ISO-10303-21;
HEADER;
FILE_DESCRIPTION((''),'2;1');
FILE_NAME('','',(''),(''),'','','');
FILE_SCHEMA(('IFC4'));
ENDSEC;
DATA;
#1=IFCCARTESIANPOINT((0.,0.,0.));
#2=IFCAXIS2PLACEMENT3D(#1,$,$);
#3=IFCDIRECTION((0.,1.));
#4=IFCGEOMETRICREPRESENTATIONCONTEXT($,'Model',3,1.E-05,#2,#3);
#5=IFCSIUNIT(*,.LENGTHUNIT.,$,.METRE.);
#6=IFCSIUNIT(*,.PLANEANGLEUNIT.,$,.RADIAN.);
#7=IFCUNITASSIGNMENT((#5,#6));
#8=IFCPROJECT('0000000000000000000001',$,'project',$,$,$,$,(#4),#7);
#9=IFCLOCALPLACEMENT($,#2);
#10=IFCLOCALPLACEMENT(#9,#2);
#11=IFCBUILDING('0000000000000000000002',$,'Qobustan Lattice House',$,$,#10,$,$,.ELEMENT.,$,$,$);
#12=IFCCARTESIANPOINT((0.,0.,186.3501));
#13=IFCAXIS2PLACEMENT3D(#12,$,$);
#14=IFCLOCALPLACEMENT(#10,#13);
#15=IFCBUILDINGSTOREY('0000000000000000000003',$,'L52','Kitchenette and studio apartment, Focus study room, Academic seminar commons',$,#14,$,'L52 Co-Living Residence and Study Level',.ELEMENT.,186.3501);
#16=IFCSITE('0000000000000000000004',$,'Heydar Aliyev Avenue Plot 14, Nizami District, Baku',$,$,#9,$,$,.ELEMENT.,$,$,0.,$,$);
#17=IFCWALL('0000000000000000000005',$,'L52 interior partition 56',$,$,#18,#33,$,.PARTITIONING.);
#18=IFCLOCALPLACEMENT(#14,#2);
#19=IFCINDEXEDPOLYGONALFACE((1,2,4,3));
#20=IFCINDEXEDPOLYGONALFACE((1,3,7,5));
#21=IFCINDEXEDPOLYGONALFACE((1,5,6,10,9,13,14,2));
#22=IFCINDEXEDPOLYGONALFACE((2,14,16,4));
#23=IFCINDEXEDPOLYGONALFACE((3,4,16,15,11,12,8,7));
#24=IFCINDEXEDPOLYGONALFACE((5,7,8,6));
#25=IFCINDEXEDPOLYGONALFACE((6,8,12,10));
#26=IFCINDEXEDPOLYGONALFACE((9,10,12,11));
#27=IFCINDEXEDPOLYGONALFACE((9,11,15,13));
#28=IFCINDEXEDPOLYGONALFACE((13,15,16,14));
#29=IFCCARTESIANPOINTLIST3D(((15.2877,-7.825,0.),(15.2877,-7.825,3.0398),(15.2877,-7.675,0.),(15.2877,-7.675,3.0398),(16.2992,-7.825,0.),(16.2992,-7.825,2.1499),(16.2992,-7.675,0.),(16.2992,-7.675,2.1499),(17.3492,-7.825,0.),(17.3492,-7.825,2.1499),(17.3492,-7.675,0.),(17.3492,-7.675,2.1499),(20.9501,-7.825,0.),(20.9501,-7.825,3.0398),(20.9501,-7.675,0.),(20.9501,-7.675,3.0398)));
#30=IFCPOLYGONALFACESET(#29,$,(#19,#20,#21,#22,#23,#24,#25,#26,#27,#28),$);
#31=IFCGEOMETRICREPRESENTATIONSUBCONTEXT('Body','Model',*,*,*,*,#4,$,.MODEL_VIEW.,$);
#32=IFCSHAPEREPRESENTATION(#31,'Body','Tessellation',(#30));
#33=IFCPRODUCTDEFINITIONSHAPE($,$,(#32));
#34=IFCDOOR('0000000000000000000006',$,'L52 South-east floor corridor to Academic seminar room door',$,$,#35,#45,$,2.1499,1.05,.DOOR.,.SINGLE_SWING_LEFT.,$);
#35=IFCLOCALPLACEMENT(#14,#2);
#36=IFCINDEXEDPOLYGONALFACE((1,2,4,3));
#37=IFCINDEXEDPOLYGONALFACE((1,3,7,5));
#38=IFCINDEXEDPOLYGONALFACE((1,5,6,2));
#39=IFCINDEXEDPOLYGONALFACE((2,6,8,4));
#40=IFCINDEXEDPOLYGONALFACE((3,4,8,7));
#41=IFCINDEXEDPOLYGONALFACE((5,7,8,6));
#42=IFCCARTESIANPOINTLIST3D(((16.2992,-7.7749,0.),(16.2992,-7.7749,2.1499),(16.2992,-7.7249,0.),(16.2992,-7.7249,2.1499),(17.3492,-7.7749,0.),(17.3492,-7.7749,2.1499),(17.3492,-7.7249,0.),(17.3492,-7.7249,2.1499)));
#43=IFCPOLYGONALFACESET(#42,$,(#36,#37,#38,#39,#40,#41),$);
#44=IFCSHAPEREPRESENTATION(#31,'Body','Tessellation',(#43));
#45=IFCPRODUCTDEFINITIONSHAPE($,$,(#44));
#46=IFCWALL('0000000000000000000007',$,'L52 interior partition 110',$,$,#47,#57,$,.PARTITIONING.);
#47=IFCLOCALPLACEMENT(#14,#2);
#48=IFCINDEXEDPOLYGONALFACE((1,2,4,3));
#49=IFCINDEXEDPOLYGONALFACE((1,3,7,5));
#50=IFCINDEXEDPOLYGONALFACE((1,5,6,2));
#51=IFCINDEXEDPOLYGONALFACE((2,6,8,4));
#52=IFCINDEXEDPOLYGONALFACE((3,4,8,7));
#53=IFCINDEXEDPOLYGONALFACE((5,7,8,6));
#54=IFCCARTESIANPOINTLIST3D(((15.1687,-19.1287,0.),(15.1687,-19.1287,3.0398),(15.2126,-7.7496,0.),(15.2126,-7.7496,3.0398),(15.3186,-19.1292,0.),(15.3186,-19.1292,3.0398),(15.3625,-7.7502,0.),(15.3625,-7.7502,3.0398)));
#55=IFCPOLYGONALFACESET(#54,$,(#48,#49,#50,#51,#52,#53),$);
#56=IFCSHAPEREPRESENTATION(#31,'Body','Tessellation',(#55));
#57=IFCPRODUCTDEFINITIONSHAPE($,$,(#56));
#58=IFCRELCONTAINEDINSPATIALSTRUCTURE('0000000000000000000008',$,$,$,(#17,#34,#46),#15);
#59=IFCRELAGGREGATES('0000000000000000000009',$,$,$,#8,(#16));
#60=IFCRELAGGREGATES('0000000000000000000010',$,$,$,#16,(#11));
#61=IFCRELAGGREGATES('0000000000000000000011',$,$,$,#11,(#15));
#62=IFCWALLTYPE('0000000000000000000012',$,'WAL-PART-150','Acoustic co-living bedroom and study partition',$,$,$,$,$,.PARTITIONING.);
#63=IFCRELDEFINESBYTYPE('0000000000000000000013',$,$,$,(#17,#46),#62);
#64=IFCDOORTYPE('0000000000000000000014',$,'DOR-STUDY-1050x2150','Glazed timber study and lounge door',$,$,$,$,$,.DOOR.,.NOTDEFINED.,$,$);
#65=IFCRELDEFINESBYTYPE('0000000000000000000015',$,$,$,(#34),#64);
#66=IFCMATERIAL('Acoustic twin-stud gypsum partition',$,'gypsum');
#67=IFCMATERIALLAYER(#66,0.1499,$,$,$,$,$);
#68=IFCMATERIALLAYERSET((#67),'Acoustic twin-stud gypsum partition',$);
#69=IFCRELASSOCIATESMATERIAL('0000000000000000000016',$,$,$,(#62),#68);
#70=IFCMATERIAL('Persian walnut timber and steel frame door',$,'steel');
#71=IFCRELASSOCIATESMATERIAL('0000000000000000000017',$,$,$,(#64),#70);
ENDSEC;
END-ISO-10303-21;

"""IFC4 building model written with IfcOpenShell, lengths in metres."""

from ifc_helpers import new_model, si_unit, direction, frame, frame_2d, origin, place, context, subcontext, project, spatial, rectangle, extrude, material, layer, layer_set, type_object, element, fill, save


model = new_model("IFC4")

# Units and contexts
model_context = context("Model", 3, precision=1e-05, world=origin(), true_north=direction((0.0, 1.0)))
body_context = subcontext(model_context, "Body", "Model", "MODEL_VIEW")
ifc_project = project(units=[si_unit("LENGTHUNIT", "METRE"), si_unit("PLANEANGLEUNIT", "RADIAN")], contexts=[model_context])

# Site, building, storey
site_placement = place(None, origin())
site = spatial("IfcSite", under=ifc_project, at=site_placement, Name="Heydar Aliyev Avenue Plot 14, Nizami District, Baku", CompositionType="ELEMENT", RefElevation=0.0)
building_placement = place(site_placement, origin())
building = spatial("IfcBuilding", under=site, at=building_placement, Name="Qobustan Lattice House", CompositionType="ELEMENT")
storey_placement = place(building_placement, frame((0.0, 0.0, 186.3501)))
storey = spatial("IfcBuildingStorey", under=building, at=storey_placement, Name="L52", Description="Kitchenette and studio apartment, Focus study room, Academic seminar commons", LongName="L52 Co-Living Residence and Study Level", CompositionType="ELEMENT", Elevation=186.3501)

# Wall, opening, door
ifc_material_1 = material(Name="Acoustic twin-stud gypsum partition", Category="gypsum")
ifc_layer_1 = layer(ifc_material_1, 0.1499)
ifc_layer_set_1 = layer_set([ifc_layer_1], Name="Acoustic twin-stud gypsum partition")
wall_type_1 = type_object("IfcWallType", Name="WAL-PART-150", Description="Acoustic co-living bedroom and study partition", PredefinedType="PARTITIONING", material=ifc_layer_set_1)
ifc_material_2 = material(Name="Persian walnut timber and steel frame door", Category="steel")
door_type = type_object("IfcDoorType", Name="DOR-STUDY-1050x2150", Description="Glazed timber study and lounge door", OperationType="NOTDEFINED", PredefinedType="DOOR", material=ifc_material_2)
wall_1_placement = place(storey_placement, frame((20.95, -7.75, 0.0), z_axis=(0.0, 0.0, 1.0), x_axis=(-1.0, 0.0, 0.0)))
wall_1 = element("IfcWall", 1, at=wall_1_placement, inside=storey, type_object=wall_type_1, Name="L52 interior partition 56", PredefinedType="PARTITIONING", context=body_context, shape_type="SweptSolid", body=[
    extrude(rectangle(XDim=5.6624, YDim=0.1499, at=frame_2d((2.8311, 0.0))), origin(), (0.0, 0.0, 1.0), 3.0398),
])
opening_1_placement = place(wall_1_placement, frame((3.6008, 0.0, 0.0)))
opening_1 = element("IfcOpeningElement", 2, at=opening_1_placement, cuts=wall_1, PredefinedType="OPENING", context=body_context, shape_type="SweptSolid", body=[
    extrude(rectangle(XDim=1.05, YDim=2.1499, at=frame_2d((0.5249, 1.075))), frame((0.0, 0.085, 0.0), z_axis=(0.0, -1.0, 0.0), x_axis=(1.0, 0.0, 0.0)), (0.0, 0.0, 1.0), 0.1699),
])
door_1_placement = place(opening_1_placement, origin())
door_1 = element("IfcDoor", 3, at=door_1_placement, inside=storey, type_object=door_type, Name="L52 South-east floor corridor to Academic seminar room door", OperationType="SINGLE_SWING_LEFT", OverallHeight=2.1499, OverallWidth=1.05, PredefinedType="DOOR", context=body_context, shape_type="SweptSolid", body=[
    extrude(rectangle(XDim=1.05, YDim=2.1499, at=frame_2d((0.5249, 1.075))), frame((0.0, 0.0249, 0.0), z_axis=(0.0, -1.0, 0.0), x_axis=(1.0, 0.0, 0.0)), (0.0, 0.0, 1.0), 0.05),
])
fill(opening_1, door_1)

# Wall
wall_2_placement = place(storey_placement, frame((15.2876, -7.75, 0.0), z_axis=(0.0, 0.0, 1.0), x_axis=(-0.003862, -0.999993, 0.0)))
element("IfcWall", 4, at=wall_2_placement, inside=storey, type_object=wall_type_1, Name="L52 interior partition 110", PredefinedType="PARTITIONING", context=body_context, shape_type="SweptSolid", body=[
    extrude(rectangle(XDim=11.3792, YDim=0.1499, at=frame_2d((5.6895, 0.0))), origin(), (0.0, 0.0, 1.0), 3.0398),
])

save(model, "model.ifc")
